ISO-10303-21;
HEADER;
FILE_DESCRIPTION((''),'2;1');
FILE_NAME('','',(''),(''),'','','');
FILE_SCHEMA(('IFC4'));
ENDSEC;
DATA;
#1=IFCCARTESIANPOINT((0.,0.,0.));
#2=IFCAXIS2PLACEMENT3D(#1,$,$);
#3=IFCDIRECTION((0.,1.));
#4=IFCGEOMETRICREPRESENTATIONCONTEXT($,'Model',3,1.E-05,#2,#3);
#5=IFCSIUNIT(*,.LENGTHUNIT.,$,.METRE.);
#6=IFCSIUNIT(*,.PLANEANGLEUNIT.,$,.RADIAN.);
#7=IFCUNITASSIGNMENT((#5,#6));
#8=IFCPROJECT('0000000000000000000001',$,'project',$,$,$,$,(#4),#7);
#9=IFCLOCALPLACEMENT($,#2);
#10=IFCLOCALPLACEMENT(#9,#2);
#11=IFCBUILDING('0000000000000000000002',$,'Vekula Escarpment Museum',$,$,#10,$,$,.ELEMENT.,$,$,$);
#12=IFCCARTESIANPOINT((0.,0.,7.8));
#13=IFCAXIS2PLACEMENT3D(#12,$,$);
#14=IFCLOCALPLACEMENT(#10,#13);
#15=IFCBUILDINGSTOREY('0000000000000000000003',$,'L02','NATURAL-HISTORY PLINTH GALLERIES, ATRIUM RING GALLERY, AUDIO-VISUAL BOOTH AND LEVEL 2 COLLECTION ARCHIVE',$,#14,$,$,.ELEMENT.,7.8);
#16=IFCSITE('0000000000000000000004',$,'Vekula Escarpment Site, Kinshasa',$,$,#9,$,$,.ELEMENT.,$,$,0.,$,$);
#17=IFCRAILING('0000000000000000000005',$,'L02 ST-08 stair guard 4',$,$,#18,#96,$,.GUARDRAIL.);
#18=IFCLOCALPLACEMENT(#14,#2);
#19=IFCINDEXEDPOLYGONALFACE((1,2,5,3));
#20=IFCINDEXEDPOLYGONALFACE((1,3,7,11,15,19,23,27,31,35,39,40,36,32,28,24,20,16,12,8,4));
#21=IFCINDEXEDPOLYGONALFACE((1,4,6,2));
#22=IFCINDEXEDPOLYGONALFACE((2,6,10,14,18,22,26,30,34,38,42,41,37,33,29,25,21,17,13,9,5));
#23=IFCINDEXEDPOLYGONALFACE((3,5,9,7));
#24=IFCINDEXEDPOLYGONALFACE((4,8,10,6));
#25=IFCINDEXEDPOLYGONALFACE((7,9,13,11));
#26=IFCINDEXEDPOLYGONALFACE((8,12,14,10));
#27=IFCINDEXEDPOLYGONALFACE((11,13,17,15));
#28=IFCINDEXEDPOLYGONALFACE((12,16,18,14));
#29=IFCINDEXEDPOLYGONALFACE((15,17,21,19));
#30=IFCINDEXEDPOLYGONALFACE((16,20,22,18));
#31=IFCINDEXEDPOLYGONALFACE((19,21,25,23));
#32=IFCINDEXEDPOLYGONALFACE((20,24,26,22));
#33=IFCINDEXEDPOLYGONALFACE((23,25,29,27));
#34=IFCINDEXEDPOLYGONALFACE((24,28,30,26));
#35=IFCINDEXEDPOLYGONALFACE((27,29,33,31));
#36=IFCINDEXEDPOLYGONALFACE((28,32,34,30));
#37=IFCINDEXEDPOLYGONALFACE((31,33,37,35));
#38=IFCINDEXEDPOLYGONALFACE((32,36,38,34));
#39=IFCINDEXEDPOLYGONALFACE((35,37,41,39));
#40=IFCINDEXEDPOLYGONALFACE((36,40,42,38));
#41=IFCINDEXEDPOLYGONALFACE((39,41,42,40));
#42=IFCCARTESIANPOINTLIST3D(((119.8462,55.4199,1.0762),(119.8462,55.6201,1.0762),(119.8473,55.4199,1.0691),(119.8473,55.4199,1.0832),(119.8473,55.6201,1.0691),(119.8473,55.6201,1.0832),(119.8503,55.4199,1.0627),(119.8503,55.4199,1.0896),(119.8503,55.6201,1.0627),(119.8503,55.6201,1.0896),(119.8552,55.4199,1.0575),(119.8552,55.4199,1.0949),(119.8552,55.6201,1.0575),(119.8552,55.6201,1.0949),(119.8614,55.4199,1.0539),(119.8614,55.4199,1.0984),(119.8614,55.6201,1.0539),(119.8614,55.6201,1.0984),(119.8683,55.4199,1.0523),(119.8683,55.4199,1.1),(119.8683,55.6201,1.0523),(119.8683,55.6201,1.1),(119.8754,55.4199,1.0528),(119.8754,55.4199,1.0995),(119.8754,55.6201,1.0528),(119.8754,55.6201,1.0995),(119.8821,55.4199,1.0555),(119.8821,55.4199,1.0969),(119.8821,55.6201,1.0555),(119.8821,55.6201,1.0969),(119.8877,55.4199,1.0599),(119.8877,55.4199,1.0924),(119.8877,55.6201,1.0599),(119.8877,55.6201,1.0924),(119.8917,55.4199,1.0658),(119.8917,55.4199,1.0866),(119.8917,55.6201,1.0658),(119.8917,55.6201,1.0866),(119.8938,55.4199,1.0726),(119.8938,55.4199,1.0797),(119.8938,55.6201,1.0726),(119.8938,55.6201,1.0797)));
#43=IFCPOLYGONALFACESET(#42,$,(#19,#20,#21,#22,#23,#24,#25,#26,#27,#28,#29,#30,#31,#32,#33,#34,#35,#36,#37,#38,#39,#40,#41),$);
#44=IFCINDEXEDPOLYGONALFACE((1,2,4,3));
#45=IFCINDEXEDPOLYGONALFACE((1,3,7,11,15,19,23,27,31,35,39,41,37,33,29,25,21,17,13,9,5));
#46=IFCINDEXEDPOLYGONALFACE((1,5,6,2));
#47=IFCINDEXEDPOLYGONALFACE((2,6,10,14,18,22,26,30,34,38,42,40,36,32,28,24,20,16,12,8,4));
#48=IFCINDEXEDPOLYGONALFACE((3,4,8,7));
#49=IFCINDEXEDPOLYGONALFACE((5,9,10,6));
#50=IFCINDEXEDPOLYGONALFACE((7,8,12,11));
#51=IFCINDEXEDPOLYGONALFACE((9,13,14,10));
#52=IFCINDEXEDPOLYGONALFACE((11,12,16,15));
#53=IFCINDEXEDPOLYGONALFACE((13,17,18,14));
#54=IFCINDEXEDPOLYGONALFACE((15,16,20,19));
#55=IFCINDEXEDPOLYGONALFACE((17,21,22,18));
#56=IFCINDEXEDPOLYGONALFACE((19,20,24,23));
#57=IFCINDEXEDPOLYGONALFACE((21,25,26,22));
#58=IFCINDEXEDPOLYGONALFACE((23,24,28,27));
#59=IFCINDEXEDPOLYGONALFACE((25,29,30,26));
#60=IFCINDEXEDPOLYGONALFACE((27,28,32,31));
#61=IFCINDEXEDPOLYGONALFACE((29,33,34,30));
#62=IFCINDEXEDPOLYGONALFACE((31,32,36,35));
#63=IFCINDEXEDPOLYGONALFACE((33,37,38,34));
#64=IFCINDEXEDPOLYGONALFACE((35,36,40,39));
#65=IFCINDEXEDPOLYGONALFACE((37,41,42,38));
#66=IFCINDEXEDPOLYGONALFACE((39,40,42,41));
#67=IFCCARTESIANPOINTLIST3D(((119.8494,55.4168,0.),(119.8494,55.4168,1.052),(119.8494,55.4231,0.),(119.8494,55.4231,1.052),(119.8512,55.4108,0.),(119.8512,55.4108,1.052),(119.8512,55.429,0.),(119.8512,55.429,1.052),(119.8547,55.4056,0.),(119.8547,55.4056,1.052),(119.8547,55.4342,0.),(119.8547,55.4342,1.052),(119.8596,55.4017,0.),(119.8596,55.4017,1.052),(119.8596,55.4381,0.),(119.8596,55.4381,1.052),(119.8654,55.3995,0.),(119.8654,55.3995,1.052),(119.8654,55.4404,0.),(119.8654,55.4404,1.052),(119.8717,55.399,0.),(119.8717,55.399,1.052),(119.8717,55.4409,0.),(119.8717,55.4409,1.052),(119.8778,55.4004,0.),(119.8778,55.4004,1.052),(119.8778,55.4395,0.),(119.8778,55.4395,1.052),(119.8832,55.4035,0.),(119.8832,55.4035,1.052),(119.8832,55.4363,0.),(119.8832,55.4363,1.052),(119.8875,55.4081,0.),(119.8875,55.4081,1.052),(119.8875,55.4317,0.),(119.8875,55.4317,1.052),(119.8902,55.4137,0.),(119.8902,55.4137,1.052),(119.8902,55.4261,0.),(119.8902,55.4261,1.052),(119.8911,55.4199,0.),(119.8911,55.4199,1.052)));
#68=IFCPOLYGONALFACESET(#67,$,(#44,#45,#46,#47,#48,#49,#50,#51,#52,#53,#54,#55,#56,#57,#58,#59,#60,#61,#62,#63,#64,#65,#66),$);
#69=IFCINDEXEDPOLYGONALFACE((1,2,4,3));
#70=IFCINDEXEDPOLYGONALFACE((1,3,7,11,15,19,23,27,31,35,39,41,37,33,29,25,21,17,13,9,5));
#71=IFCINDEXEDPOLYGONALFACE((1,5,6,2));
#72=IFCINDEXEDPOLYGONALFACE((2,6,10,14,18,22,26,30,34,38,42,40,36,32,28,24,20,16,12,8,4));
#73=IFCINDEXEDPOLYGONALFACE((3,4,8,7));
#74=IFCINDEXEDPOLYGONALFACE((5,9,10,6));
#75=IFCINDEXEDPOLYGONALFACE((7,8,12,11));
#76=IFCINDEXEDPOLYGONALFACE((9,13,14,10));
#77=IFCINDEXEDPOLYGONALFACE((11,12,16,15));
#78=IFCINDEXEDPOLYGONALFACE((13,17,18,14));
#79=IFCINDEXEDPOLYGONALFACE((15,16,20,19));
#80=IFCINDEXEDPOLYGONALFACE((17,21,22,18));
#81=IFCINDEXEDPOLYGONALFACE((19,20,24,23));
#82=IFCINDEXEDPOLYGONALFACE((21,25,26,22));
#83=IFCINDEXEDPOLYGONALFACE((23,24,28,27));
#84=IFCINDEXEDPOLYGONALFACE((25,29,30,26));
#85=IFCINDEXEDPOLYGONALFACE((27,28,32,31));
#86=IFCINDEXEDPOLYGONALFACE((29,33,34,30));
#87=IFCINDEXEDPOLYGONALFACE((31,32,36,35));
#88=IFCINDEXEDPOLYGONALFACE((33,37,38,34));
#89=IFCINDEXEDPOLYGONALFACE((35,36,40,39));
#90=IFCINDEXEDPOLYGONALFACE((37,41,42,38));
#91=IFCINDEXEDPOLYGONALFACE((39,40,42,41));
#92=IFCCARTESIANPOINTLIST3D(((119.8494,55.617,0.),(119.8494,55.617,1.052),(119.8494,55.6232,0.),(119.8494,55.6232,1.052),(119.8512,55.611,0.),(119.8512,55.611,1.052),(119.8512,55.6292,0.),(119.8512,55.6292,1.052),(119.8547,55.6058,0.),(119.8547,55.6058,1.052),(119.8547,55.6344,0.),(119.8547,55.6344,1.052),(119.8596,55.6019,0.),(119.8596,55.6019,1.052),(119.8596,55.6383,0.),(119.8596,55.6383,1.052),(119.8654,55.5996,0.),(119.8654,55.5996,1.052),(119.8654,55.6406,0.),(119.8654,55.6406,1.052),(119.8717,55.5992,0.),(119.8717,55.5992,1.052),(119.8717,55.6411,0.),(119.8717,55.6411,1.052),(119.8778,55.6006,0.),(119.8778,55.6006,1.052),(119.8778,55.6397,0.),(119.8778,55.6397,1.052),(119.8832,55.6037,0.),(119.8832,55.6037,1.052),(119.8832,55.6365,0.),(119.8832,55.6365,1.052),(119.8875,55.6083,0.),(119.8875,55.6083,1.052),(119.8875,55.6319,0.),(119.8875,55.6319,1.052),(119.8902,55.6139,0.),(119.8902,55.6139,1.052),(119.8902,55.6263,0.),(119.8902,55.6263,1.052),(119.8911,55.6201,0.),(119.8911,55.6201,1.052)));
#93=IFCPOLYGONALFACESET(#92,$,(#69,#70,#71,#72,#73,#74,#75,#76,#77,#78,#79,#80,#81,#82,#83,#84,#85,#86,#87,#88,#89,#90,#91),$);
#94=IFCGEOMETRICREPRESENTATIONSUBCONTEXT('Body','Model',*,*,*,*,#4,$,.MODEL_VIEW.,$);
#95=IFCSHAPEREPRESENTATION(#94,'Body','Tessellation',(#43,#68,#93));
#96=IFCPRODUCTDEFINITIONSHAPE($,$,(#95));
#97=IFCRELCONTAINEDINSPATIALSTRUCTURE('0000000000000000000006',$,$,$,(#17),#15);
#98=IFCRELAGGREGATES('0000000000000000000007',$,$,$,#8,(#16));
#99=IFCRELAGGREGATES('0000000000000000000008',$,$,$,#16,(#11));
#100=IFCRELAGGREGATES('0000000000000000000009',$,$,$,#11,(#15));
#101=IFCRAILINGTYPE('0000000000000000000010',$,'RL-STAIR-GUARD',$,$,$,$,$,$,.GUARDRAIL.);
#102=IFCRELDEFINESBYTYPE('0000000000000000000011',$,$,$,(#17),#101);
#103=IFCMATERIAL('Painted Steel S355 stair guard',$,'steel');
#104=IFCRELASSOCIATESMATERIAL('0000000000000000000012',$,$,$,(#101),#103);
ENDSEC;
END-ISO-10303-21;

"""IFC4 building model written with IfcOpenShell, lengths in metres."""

from ifc_helpers import new_model, si_unit, direction, frame, origin, origin_2d, place, context, subcontext, project, spatial, circle, extrude, material, type_object, element, save


model = new_model("IFC4")

# Units and contexts
model_context = context("Model", 3, precision=1e-05, world=origin(), true_north=direction((0.0, 1.0)))
body_context = subcontext(model_context, "Body", "Model", "MODEL_VIEW")
ifc_project = project(units=[si_unit("LENGTHUNIT", "METRE"), si_unit("PLANEANGLEUNIT", "RADIAN")], contexts=[model_context])

# Site, building, storey
site_placement = place(None, origin())
site = spatial("IfcSite", under=ifc_project, at=site_placement, Name="Vekula Escarpment Site, Kinshasa", CompositionType="ELEMENT", RefElevation=0.0)
building_placement = place(site_placement, origin())
building = spatial("IfcBuilding", under=site, at=building_placement, Name="Vekula Escarpment Museum", CompositionType="ELEMENT")
storey_placement = place(building_placement, frame((0.0, 0.0, 7.8)))
storey = spatial("IfcBuildingStorey", under=building, at=storey_placement, Name="L02", Description="NATURAL-HISTORY PLINTH GALLERIES, ATRIUM RING GALLERY, AUDIO-VISUAL BOOTH AND LEVEL 2 COLLECTION ARCHIVE", CompositionType="ELEMENT", Elevation=7.8)

# Railing
ifc_material_1 = material(Name="Painted Steel S355 stair guard", Category="steel")
railing_type_1 = type_object("IfcRailingType", Name="RL-STAIR-GUARD", PredefinedType="GUARDRAIL", material=ifc_material_1)
railing_1_placement = place(storey_placement, frame((119.8701, 55.4199, 0.0)))
element("IfcRailing", 1, at=railing_1_placement, inside=storey, type_object=railing_type_1, Name="L02 ST-08 stair guard 4", PredefinedType="GUARDRAIL", context=body_context, shape_type="SweptSolid", body=[
    extrude(circle(Radius=0.0239, at=origin_2d()), frame((0.0, 0.0, 1.0762), z_axis=(0.0, 1.0, 0.0), x_axis=(-1.0, 0.0, 0.0)), (0.0, 0.0, 1.0), 0.2002),
    extrude(circle(Radius=0.021, at=origin_2d()), origin(), (0.0, 0.0, 1.0), 1.052),
    extrude(circle(Radius=0.021, at=origin_2d()), frame((0.0, 0.2002, 0.0)), (0.0, 0.0, 1.0), 1.052),
])

save(model, "model.ifc")
